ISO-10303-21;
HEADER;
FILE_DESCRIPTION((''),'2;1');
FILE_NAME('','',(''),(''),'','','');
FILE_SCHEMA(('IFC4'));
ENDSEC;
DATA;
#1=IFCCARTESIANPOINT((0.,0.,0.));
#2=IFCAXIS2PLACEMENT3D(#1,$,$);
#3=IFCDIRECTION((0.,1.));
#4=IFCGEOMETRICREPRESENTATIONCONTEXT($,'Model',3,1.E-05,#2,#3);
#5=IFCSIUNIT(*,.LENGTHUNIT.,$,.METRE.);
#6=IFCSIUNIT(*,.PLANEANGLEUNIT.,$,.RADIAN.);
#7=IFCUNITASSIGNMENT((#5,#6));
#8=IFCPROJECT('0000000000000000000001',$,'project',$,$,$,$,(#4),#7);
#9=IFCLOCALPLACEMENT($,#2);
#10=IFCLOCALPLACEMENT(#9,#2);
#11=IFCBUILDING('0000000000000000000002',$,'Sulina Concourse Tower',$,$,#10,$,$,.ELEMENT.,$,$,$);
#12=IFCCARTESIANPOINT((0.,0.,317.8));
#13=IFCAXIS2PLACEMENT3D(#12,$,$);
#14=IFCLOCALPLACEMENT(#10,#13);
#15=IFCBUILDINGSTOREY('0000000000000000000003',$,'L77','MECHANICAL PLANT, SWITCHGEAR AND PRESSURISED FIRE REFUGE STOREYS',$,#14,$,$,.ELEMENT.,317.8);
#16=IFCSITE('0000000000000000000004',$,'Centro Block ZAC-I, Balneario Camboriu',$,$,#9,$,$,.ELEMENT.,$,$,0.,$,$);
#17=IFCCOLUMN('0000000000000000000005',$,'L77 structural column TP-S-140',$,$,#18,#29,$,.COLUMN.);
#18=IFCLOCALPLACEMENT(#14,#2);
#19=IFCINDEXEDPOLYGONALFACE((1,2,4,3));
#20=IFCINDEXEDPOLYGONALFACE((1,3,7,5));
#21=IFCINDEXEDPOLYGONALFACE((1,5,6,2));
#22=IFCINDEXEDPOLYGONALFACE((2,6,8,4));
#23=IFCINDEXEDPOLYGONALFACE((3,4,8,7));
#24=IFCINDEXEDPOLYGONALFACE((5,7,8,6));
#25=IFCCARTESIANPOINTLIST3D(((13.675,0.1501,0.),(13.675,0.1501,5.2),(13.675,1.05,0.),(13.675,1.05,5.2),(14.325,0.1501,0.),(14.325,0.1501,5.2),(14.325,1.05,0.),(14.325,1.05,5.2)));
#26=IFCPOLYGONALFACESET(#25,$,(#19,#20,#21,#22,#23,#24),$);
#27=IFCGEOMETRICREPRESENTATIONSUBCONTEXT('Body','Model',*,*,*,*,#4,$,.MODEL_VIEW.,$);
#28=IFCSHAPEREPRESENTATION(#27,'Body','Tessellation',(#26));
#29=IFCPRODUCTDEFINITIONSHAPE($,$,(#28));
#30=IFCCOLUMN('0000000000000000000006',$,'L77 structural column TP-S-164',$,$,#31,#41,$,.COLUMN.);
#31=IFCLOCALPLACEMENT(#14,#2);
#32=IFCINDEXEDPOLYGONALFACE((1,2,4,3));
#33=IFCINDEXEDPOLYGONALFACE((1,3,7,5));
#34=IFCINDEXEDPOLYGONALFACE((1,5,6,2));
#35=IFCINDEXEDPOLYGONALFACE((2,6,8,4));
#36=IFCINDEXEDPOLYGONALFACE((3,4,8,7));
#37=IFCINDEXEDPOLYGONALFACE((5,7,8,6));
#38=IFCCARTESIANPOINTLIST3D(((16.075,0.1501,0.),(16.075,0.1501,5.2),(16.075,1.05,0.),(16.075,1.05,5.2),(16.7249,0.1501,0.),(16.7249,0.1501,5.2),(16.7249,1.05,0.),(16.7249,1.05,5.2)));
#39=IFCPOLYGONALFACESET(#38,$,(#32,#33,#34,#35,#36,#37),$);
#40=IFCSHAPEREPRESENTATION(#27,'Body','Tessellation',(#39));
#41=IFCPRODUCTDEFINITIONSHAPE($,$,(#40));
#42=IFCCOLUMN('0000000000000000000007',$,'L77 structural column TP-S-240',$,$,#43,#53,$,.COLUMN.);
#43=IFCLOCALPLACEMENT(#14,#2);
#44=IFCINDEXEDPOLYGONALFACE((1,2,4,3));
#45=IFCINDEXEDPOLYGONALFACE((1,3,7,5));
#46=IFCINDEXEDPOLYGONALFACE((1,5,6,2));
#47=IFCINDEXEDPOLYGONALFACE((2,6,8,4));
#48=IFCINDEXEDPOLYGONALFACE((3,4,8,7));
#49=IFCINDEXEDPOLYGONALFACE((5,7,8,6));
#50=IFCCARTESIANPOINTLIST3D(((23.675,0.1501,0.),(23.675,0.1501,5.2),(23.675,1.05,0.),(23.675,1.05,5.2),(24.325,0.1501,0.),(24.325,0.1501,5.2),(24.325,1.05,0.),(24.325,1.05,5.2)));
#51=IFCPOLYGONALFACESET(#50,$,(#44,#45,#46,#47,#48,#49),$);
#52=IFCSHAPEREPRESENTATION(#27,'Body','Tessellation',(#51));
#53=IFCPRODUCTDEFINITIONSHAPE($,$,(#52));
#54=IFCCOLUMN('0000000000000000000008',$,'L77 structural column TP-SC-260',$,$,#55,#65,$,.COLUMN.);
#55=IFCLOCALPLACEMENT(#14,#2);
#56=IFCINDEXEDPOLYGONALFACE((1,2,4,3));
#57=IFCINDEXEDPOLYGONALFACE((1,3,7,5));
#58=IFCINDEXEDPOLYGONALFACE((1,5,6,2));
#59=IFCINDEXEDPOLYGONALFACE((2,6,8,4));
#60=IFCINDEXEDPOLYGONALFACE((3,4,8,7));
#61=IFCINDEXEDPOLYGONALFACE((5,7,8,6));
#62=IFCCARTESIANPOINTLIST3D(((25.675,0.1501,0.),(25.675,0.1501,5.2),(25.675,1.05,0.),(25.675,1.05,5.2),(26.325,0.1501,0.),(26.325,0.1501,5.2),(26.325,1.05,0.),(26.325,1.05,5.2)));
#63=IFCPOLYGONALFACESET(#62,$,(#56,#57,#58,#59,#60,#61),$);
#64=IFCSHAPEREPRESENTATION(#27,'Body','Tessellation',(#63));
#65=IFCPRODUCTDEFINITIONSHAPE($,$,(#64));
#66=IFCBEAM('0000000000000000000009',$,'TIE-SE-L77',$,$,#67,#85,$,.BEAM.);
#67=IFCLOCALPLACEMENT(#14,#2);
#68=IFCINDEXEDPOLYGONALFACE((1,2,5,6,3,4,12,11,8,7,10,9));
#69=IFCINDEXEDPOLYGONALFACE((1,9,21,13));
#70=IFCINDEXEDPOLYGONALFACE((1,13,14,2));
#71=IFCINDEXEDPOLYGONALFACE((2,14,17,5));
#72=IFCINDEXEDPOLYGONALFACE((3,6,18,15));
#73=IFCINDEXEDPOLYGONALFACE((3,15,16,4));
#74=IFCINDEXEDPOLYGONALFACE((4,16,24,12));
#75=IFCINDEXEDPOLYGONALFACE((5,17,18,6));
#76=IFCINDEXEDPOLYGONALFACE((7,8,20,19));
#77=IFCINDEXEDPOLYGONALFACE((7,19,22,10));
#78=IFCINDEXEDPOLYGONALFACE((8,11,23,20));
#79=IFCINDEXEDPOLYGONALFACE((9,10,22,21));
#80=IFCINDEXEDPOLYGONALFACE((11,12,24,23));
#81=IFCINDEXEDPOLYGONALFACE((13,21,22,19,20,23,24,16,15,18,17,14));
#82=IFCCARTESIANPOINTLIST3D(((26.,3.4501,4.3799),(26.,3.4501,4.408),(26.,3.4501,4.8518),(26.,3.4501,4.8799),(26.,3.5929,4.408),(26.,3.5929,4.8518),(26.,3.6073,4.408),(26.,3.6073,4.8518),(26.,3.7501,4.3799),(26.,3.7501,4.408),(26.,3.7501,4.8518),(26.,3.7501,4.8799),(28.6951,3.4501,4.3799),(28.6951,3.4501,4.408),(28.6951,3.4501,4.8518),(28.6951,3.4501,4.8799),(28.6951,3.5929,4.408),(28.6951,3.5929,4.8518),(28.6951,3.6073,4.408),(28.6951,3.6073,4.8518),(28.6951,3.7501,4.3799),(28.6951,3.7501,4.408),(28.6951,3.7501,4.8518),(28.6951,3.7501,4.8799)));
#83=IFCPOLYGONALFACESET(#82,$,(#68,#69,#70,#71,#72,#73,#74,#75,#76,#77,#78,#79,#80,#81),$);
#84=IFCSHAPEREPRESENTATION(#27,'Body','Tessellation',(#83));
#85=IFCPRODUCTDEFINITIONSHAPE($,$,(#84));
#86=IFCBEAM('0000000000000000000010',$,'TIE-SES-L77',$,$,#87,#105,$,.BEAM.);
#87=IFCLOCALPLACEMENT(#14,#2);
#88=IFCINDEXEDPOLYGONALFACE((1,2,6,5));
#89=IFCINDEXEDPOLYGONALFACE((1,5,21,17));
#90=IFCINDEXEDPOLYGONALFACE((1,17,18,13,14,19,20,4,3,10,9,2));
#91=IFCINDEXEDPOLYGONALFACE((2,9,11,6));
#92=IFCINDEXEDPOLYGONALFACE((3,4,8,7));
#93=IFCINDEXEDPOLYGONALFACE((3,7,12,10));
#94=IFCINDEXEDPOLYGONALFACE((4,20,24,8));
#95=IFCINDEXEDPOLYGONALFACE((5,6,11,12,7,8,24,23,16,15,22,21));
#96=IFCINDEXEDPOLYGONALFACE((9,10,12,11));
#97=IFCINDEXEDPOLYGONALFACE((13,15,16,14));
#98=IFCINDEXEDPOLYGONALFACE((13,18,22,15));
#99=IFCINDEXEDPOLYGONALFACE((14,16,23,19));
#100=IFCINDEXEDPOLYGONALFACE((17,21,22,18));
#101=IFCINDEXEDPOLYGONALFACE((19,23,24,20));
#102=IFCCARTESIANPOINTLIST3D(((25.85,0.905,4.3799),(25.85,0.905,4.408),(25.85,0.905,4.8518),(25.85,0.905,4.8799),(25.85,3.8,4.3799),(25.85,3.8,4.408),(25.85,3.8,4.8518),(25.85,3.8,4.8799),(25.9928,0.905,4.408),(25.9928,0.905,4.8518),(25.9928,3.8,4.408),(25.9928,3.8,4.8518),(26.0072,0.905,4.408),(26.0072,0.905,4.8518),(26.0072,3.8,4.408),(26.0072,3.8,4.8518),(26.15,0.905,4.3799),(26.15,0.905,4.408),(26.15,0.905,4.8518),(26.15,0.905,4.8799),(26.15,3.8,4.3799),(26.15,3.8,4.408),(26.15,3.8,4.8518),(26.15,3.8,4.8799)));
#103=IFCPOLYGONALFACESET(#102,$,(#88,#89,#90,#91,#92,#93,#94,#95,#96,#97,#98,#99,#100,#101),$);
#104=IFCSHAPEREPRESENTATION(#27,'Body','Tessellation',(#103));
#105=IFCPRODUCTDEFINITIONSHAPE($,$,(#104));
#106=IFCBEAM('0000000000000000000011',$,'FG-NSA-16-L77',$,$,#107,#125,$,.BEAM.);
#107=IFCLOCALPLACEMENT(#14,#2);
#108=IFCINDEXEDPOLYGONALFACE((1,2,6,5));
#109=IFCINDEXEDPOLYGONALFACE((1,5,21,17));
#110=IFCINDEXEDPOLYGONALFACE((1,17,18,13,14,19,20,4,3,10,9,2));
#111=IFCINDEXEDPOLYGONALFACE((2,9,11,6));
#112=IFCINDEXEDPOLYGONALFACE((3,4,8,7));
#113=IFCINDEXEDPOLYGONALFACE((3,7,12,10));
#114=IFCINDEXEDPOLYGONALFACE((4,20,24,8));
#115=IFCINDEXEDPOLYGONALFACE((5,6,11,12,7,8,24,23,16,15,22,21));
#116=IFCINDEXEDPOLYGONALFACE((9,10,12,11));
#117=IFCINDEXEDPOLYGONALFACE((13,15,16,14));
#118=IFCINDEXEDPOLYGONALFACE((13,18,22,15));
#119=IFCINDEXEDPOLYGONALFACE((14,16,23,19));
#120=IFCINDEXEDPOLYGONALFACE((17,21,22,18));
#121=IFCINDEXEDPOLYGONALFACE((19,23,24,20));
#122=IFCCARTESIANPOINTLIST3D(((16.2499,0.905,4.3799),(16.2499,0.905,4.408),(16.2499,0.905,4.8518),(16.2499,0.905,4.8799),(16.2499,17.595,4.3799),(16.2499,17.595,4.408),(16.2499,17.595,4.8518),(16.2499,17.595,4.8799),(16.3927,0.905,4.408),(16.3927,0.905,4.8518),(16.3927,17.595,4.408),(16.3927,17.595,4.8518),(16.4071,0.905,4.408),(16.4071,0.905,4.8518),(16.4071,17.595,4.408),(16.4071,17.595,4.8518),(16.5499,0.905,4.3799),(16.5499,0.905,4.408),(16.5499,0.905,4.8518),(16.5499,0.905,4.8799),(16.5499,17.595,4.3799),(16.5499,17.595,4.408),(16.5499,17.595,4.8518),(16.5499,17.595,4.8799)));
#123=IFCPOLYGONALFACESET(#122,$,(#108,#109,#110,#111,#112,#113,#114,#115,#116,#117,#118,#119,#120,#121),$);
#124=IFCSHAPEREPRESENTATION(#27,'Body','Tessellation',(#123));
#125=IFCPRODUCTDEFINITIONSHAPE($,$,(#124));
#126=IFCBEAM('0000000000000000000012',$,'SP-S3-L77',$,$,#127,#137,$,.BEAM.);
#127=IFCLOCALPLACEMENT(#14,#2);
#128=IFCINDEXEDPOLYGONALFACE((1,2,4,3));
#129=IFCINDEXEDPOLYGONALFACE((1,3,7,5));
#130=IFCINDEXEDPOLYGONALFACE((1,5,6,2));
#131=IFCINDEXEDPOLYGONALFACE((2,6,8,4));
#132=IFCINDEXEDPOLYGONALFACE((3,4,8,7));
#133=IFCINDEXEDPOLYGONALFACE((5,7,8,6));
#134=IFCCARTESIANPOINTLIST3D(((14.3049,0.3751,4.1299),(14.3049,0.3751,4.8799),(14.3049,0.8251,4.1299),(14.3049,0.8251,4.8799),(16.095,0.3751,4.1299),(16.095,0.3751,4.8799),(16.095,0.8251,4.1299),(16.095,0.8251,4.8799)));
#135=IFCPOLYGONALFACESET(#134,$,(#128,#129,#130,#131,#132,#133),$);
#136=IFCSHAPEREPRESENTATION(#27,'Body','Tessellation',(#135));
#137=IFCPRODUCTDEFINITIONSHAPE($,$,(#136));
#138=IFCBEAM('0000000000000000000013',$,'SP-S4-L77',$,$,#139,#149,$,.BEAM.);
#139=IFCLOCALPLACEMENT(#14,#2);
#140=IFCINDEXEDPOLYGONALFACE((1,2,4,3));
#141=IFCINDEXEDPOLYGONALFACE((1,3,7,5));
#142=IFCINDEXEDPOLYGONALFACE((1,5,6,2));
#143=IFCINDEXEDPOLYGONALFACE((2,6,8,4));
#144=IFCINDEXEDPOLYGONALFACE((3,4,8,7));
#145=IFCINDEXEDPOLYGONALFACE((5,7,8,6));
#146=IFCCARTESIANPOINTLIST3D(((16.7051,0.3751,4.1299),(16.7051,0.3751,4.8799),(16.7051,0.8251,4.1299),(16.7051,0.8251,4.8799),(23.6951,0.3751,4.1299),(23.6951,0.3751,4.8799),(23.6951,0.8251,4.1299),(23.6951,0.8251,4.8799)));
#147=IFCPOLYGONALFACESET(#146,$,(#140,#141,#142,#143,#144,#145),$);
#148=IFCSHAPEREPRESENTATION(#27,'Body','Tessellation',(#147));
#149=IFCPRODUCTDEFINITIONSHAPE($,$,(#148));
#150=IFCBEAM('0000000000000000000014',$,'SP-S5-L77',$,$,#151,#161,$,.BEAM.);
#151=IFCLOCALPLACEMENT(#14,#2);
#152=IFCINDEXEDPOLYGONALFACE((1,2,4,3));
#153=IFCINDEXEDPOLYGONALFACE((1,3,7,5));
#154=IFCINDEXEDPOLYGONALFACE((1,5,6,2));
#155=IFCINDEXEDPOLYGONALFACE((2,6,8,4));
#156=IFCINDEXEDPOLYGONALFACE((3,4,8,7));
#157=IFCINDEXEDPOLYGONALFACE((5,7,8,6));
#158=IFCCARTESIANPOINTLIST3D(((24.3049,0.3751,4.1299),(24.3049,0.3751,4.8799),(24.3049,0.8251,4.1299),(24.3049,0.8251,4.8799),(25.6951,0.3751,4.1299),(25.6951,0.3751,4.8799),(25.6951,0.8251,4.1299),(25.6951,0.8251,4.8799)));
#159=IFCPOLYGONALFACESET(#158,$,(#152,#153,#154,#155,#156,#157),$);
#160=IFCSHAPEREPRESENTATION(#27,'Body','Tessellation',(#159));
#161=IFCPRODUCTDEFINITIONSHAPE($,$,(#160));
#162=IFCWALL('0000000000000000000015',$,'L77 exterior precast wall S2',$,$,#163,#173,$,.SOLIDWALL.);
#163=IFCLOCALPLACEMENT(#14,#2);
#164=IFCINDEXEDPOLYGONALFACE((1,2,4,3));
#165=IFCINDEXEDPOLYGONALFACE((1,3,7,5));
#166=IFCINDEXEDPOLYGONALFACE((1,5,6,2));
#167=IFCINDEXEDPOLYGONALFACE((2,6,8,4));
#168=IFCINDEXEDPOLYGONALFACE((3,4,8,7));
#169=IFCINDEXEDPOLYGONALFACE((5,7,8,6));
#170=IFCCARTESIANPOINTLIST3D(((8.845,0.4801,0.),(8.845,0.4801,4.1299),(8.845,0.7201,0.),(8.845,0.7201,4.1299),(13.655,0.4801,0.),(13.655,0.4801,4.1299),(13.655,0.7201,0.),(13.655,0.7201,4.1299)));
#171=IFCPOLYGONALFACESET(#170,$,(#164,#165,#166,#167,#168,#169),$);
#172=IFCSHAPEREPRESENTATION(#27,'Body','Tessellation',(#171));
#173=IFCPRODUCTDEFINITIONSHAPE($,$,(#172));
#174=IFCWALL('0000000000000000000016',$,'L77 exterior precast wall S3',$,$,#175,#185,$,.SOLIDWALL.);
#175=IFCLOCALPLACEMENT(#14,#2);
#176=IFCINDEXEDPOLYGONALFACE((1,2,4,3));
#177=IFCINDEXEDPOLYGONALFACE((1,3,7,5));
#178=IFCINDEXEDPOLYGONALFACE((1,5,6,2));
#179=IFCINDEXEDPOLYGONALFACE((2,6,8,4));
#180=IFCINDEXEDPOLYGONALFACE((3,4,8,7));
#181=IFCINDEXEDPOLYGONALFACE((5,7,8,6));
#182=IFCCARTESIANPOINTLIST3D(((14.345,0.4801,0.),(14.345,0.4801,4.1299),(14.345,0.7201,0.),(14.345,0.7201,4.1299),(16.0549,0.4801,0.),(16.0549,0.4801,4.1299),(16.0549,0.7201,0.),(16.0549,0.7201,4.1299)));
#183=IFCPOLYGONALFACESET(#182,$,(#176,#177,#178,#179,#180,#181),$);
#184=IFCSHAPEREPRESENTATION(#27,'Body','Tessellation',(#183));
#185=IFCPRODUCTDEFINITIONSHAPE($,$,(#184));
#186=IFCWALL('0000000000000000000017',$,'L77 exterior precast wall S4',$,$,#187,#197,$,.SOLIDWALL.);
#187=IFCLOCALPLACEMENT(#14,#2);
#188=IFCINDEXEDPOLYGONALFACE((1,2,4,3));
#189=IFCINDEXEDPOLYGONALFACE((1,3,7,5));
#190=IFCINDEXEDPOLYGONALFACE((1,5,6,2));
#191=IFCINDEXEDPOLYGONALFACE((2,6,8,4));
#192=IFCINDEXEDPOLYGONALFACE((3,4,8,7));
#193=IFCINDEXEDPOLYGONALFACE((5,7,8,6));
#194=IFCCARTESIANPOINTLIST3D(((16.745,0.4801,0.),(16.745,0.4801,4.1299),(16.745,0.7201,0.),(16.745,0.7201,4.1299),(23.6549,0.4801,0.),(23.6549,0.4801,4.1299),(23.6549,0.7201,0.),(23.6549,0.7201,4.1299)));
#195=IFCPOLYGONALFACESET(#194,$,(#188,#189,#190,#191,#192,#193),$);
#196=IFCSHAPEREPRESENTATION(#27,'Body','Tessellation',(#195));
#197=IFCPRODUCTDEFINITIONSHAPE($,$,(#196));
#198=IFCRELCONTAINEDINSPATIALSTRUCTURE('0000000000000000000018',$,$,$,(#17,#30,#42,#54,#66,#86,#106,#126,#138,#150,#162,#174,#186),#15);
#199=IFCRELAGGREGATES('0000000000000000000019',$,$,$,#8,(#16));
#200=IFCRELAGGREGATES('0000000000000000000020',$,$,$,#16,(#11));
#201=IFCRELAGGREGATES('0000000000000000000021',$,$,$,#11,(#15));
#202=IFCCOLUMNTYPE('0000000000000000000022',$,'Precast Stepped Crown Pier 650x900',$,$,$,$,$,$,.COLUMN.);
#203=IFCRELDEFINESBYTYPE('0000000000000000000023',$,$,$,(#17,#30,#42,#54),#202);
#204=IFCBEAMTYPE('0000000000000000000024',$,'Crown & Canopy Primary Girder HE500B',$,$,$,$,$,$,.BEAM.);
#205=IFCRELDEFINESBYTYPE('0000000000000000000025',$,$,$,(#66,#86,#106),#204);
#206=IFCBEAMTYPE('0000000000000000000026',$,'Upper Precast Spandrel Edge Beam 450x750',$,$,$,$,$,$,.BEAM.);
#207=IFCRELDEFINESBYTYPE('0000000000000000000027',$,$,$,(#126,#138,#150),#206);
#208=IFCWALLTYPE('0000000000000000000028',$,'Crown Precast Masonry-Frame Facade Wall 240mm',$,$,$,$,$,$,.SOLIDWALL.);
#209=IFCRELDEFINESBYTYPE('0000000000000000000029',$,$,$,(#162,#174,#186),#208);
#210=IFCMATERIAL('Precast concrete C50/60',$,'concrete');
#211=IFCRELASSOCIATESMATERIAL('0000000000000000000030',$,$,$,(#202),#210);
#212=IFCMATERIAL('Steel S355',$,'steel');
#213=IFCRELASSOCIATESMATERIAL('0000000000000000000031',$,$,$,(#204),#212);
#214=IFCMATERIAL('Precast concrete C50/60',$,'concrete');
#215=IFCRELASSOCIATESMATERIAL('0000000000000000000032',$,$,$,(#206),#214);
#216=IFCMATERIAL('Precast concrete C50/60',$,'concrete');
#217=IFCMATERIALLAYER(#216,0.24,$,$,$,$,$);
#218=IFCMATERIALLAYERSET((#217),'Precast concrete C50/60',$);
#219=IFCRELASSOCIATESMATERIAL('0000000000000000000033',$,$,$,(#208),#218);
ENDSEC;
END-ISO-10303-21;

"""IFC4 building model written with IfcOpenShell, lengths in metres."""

from ifc_helpers import new_model, si_unit, direction, frame, frame_2d, origin, origin_2d, place, context, subcontext, project, spatial, rectangle, i_section, extrude, material, layer, layer_set, material_profile, profile_set, type_object, element, save


model = new_model("IFC4")

# Units and contexts
model_context = context("Model", 3, precision=1e-05, world=origin(), true_north=direction((0.0, 1.0)))
body_context = subcontext(model_context, "Body", "Model", "MODEL_VIEW")
ifc_project = project(units=[si_unit("LENGTHUNIT", "METRE"), si_unit("PLANEANGLEUNIT", "RADIAN")], contexts=[model_context])

# Site, building, storey
site_placement = place(None, origin())
site = spatial("IfcSite", under=ifc_project, at=site_placement, Name="Centro Block ZAC-I, Balneario Camboriu", CompositionType="ELEMENT", RefElevation=0.0)
building_placement = place(site_placement, origin())
building = spatial("IfcBuilding", under=site, at=building_placement, Name="Sulina Concourse Tower", CompositionType="ELEMENT")
storey_placement = place(building_placement, frame((0.0, 0.0, 317.8)))
storey = spatial("IfcBuildingStorey", under=building, at=storey_placement, Name="L77", Description="MECHANICAL PLANT, SWITCHGEAR AND PRESSURISED FIRE REFUGE STOREYS", CompositionType="ELEMENT", Elevation=317.8)

# Columns
ifc_material_1 = material(Name="Precast concrete C50/60", Category="concrete")
ifc_material_profile_1 = material_profile(ifc_material_1, rectangle(XDim=0.6499, YDim=0.8999, at=origin_2d()), Name="PC 650x900")
ifc_profile_set_1 = profile_set([ifc_material_profile_1], Name="Precast concrete C50/60")
column_type = type_object("IfcColumnType", Name="Precast Stepped Crown Pier 650x900", PredefinedType="COLUMN", material=ifc_profile_set_1)
for number, where, z_axis, x_axis, name in (
    (1, (14.0, 0.6001, 0.0), (0.0, 0.0, 1.0), (1.0, 0.0, 0.0), "L77 structural column TP-S-140"),
    (2, (16.3999, 0.6001, 0.0), (0.0, 0.0, 1.0), (1.0, 0.0, 0.0), "L77 structural column TP-S-164"),
    (3, (24.0, 0.6001, 0.0), (0.0, 0.0, 1.0), (1.0, 0.0, 0.0), "L77 structural column TP-S-240"),
    (4, (26.0, 0.6001, 0.0), (0.0, 0.0, 1.0), (1.0, 0.0, 0.0), "L77 structural column TP-SC-260"),
):
    element("IfcColumn", number, at=place(storey_placement, frame(where, z_axis=z_axis, x_axis=x_axis)), inside=storey, type_object=column_type, Name=name, PredefinedType="COLUMN", context=body_context, shape_type="SweptSolid", body=[
        extrude(rectangle(XDim=0.6499, YDim=0.8999, at=origin_2d()), origin(), (0.0, 0.0, 1.0), 5.2),
    ])

# Beams
ifc_material_2 = material(Name="Steel S355", Category="steel")
ifc_material_profile_2 = material_profile(ifc_material_2, i_section(OverallWidth=0.3, OverallDepth=0.5, WebThickness=0.0144, FlangeThickness=0.0281, at=origin_2d()), Name="HE 500 B")
ifc_profile_set_2 = profile_set([ifc_material_profile_2], Name="Steel S355")
beam_type_1 = type_object("IfcBeamType", Name="Crown & Canopy Primary Girder HE500B", PredefinedType="BEAM", material=ifc_profile_set_2)
beam_1_placement = place(storey_placement, frame((26.0, 3.6001, 4.6299), z_axis=(1.0, 0.0, 0.0), x_axis=(0.0, 1.0, 0.0)))
element("IfcBeam", 5, at=beam_1_placement, inside=storey, type_object=beam_type_1, Name="TIE-SE-L77", PredefinedType="BEAM", context=body_context, shape_type="SweptSolid", body=[
    extrude(i_section(OverallWidth=0.3, OverallDepth=0.5, WebThickness=0.0144, FlangeThickness=0.0281, at=origin_2d()), origin(), (0.0, 0.0, 1.0), 2.6951),
])
beam_2_placement = place(storey_placement, frame((26.0, 0.905, 4.6299), z_axis=(0.0, 1.0, 0.0), x_axis=(-1.0, 0.0, 0.0)))
element("IfcBeam", 6, at=beam_2_placement, inside=storey, type_object=beam_type_1, Name="TIE-SES-L77", PredefinedType="BEAM", context=body_context, shape_type="SweptSolid", body=[
    extrude(i_section(OverallWidth=0.3, OverallDepth=0.5, WebThickness=0.0144, FlangeThickness=0.0281, at=origin_2d()), origin(), (0.0, 0.0, 1.0), 2.895),
])
beam_3_placement = place(storey_placement, frame((16.3999, 0.905, 4.6299), z_axis=(0.0, 1.0, 0.0), x_axis=(-1.0, 0.0, 0.0)))
element("IfcBeam", 7, at=beam_3_placement, inside=storey, type_object=beam_type_1, Name="FG-NSA-16-L77", PredefinedType="BEAM", context=body_context, shape_type="SweptSolid", body=[
    extrude(i_section(OverallWidth=0.3, OverallDepth=0.5, WebThickness=0.0144, FlangeThickness=0.0281, at=origin_2d()), origin(), (0.0, 0.0, 1.0), 16.6899),
])
ifc_material_3 = material(Name="Precast concrete C50/60", Category="concrete")
ifc_material_profile_3 = material_profile(ifc_material_3, rectangle(XDim=0.45, YDim=0.75, at=origin_2d()), Name="RC 450x750")
ifc_profile_set_3 = profile_set([ifc_material_profile_3], Name="Precast concrete C50/60")
beam_type_2 = type_object("IfcBeamType", Name="Upper Precast Spandrel Edge Beam 450x750", PredefinedType="BEAM", material=ifc_profile_set_3)
beam_4_placement = place(storey_placement, frame((14.3049, 0.6001, 4.5049), z_axis=(1.0, 0.0, 0.0), x_axis=(0.0, 1.0, 0.0)))
element("IfcBeam", 8, at=beam_4_placement, inside=storey, type_object=beam_type_2, Name="SP-S3-L77", PredefinedType="BEAM", context=body_context, shape_type="SweptSolid", body=[
    extrude(rectangle(XDim=0.45, YDim=0.75, at=origin_2d()), origin(), (0.0, 0.0, 1.0), 1.79),
])
beam_5_placement = place(storey_placement, frame((16.7051, 0.6001, 4.5049), z_axis=(1.0, 0.0, 0.0), x_axis=(0.0, 1.0, 0.0)))
element("IfcBeam", 9, at=beam_5_placement, inside=storey, type_object=beam_type_2, Name="SP-S4-L77", PredefinedType="BEAM", context=body_context, shape_type="SweptSolid", body=[
    extrude(rectangle(XDim=0.45, YDim=0.75, at=origin_2d()), origin(), (0.0, 0.0, 1.0), 6.99),
])
beam_6_placement = place(storey_placement, frame((24.3049, 0.6001, 4.5049), z_axis=(1.0, 0.0, 0.0), x_axis=(0.0, 1.0, 0.0)))
element("IfcBeam", 10, at=beam_6_placement, inside=storey, type_object=beam_type_2, Name="SP-S5-L77", PredefinedType="BEAM", context=body_context, shape_type="SweptSolid", body=[
    extrude(rectangle(XDim=0.45, YDim=0.75, at=origin_2d()), origin(), (0.0, 0.0, 1.0), 1.3901),
])

# Walls
ifc_material_4 = material(Name="Precast concrete C50/60", Category="concrete")
ifc_layer_1 = layer(ifc_material_4, 0.24)
ifc_layer_set_1 = layer_set([ifc_layer_1], Name="Precast concrete C50/60")
wall_type_1 = type_object("IfcWallType", Name="Crown Precast Masonry-Frame Facade Wall 240mm", PredefinedType="SOLIDWALL", material=ifc_layer_set_1)
wall_1_placement = place(storey_placement, frame((13.655, 0.6001, 0.0), z_axis=(0.0, 0.0, 1.0), x_axis=(-1.0, 0.0, 0.0)))
element("IfcWall", 11, at=wall_1_placement, inside=storey, type_object=wall_type_1, Name="L77 exterior precast wall S2", PredefinedType="SOLIDWALL", context=body_context, shape_type="SweptSolid", body=[
    extrude(rectangle(XDim=4.8101, YDim=0.24, at=frame_2d((2.405, 0.0))), origin(), (0.0, 0.0, 1.0), 4.1299),
])
wall_2_placement = place(storey_placement, frame((16.0549, 0.6001, 0.0), z_axis=(0.0, 0.0, 1.0), x_axis=(-1.0, 0.0, 0.0)))
element("IfcWall", 12, at=wall_2_placement, inside=storey, type_object=wall_type_1, Name="L77 exterior precast wall S3", PredefinedType="SOLIDWALL", context=body_context, shape_type="SweptSolid", body=[
    extrude(rectangle(XDim=1.71, YDim=0.24, at=frame_2d((0.855, 0.0))), origin(), (0.0, 0.0, 1.0), 4.1299),
])
wall_3_placement = place(storey_placement, frame((23.655, 0.6001, 0.0), z_axis=(0.0, 0.0, 1.0), x_axis=(-1.0, 0.0, 0.0)))
element("IfcWall", 13, at=wall_3_placement, inside=storey, type_object=wall_type_1, Name="L77 exterior precast wall S4", PredefinedType="SOLIDWALL", context=body_context, shape_type="SweptSolid", body=[
    extrude(rectangle(XDim=6.9099, YDim=0.24, at=frame_2d((3.4551, 0.0))), origin(), (0.0, 0.0, 1.0), 4.1299),
])

save(model, "model.ifc")
